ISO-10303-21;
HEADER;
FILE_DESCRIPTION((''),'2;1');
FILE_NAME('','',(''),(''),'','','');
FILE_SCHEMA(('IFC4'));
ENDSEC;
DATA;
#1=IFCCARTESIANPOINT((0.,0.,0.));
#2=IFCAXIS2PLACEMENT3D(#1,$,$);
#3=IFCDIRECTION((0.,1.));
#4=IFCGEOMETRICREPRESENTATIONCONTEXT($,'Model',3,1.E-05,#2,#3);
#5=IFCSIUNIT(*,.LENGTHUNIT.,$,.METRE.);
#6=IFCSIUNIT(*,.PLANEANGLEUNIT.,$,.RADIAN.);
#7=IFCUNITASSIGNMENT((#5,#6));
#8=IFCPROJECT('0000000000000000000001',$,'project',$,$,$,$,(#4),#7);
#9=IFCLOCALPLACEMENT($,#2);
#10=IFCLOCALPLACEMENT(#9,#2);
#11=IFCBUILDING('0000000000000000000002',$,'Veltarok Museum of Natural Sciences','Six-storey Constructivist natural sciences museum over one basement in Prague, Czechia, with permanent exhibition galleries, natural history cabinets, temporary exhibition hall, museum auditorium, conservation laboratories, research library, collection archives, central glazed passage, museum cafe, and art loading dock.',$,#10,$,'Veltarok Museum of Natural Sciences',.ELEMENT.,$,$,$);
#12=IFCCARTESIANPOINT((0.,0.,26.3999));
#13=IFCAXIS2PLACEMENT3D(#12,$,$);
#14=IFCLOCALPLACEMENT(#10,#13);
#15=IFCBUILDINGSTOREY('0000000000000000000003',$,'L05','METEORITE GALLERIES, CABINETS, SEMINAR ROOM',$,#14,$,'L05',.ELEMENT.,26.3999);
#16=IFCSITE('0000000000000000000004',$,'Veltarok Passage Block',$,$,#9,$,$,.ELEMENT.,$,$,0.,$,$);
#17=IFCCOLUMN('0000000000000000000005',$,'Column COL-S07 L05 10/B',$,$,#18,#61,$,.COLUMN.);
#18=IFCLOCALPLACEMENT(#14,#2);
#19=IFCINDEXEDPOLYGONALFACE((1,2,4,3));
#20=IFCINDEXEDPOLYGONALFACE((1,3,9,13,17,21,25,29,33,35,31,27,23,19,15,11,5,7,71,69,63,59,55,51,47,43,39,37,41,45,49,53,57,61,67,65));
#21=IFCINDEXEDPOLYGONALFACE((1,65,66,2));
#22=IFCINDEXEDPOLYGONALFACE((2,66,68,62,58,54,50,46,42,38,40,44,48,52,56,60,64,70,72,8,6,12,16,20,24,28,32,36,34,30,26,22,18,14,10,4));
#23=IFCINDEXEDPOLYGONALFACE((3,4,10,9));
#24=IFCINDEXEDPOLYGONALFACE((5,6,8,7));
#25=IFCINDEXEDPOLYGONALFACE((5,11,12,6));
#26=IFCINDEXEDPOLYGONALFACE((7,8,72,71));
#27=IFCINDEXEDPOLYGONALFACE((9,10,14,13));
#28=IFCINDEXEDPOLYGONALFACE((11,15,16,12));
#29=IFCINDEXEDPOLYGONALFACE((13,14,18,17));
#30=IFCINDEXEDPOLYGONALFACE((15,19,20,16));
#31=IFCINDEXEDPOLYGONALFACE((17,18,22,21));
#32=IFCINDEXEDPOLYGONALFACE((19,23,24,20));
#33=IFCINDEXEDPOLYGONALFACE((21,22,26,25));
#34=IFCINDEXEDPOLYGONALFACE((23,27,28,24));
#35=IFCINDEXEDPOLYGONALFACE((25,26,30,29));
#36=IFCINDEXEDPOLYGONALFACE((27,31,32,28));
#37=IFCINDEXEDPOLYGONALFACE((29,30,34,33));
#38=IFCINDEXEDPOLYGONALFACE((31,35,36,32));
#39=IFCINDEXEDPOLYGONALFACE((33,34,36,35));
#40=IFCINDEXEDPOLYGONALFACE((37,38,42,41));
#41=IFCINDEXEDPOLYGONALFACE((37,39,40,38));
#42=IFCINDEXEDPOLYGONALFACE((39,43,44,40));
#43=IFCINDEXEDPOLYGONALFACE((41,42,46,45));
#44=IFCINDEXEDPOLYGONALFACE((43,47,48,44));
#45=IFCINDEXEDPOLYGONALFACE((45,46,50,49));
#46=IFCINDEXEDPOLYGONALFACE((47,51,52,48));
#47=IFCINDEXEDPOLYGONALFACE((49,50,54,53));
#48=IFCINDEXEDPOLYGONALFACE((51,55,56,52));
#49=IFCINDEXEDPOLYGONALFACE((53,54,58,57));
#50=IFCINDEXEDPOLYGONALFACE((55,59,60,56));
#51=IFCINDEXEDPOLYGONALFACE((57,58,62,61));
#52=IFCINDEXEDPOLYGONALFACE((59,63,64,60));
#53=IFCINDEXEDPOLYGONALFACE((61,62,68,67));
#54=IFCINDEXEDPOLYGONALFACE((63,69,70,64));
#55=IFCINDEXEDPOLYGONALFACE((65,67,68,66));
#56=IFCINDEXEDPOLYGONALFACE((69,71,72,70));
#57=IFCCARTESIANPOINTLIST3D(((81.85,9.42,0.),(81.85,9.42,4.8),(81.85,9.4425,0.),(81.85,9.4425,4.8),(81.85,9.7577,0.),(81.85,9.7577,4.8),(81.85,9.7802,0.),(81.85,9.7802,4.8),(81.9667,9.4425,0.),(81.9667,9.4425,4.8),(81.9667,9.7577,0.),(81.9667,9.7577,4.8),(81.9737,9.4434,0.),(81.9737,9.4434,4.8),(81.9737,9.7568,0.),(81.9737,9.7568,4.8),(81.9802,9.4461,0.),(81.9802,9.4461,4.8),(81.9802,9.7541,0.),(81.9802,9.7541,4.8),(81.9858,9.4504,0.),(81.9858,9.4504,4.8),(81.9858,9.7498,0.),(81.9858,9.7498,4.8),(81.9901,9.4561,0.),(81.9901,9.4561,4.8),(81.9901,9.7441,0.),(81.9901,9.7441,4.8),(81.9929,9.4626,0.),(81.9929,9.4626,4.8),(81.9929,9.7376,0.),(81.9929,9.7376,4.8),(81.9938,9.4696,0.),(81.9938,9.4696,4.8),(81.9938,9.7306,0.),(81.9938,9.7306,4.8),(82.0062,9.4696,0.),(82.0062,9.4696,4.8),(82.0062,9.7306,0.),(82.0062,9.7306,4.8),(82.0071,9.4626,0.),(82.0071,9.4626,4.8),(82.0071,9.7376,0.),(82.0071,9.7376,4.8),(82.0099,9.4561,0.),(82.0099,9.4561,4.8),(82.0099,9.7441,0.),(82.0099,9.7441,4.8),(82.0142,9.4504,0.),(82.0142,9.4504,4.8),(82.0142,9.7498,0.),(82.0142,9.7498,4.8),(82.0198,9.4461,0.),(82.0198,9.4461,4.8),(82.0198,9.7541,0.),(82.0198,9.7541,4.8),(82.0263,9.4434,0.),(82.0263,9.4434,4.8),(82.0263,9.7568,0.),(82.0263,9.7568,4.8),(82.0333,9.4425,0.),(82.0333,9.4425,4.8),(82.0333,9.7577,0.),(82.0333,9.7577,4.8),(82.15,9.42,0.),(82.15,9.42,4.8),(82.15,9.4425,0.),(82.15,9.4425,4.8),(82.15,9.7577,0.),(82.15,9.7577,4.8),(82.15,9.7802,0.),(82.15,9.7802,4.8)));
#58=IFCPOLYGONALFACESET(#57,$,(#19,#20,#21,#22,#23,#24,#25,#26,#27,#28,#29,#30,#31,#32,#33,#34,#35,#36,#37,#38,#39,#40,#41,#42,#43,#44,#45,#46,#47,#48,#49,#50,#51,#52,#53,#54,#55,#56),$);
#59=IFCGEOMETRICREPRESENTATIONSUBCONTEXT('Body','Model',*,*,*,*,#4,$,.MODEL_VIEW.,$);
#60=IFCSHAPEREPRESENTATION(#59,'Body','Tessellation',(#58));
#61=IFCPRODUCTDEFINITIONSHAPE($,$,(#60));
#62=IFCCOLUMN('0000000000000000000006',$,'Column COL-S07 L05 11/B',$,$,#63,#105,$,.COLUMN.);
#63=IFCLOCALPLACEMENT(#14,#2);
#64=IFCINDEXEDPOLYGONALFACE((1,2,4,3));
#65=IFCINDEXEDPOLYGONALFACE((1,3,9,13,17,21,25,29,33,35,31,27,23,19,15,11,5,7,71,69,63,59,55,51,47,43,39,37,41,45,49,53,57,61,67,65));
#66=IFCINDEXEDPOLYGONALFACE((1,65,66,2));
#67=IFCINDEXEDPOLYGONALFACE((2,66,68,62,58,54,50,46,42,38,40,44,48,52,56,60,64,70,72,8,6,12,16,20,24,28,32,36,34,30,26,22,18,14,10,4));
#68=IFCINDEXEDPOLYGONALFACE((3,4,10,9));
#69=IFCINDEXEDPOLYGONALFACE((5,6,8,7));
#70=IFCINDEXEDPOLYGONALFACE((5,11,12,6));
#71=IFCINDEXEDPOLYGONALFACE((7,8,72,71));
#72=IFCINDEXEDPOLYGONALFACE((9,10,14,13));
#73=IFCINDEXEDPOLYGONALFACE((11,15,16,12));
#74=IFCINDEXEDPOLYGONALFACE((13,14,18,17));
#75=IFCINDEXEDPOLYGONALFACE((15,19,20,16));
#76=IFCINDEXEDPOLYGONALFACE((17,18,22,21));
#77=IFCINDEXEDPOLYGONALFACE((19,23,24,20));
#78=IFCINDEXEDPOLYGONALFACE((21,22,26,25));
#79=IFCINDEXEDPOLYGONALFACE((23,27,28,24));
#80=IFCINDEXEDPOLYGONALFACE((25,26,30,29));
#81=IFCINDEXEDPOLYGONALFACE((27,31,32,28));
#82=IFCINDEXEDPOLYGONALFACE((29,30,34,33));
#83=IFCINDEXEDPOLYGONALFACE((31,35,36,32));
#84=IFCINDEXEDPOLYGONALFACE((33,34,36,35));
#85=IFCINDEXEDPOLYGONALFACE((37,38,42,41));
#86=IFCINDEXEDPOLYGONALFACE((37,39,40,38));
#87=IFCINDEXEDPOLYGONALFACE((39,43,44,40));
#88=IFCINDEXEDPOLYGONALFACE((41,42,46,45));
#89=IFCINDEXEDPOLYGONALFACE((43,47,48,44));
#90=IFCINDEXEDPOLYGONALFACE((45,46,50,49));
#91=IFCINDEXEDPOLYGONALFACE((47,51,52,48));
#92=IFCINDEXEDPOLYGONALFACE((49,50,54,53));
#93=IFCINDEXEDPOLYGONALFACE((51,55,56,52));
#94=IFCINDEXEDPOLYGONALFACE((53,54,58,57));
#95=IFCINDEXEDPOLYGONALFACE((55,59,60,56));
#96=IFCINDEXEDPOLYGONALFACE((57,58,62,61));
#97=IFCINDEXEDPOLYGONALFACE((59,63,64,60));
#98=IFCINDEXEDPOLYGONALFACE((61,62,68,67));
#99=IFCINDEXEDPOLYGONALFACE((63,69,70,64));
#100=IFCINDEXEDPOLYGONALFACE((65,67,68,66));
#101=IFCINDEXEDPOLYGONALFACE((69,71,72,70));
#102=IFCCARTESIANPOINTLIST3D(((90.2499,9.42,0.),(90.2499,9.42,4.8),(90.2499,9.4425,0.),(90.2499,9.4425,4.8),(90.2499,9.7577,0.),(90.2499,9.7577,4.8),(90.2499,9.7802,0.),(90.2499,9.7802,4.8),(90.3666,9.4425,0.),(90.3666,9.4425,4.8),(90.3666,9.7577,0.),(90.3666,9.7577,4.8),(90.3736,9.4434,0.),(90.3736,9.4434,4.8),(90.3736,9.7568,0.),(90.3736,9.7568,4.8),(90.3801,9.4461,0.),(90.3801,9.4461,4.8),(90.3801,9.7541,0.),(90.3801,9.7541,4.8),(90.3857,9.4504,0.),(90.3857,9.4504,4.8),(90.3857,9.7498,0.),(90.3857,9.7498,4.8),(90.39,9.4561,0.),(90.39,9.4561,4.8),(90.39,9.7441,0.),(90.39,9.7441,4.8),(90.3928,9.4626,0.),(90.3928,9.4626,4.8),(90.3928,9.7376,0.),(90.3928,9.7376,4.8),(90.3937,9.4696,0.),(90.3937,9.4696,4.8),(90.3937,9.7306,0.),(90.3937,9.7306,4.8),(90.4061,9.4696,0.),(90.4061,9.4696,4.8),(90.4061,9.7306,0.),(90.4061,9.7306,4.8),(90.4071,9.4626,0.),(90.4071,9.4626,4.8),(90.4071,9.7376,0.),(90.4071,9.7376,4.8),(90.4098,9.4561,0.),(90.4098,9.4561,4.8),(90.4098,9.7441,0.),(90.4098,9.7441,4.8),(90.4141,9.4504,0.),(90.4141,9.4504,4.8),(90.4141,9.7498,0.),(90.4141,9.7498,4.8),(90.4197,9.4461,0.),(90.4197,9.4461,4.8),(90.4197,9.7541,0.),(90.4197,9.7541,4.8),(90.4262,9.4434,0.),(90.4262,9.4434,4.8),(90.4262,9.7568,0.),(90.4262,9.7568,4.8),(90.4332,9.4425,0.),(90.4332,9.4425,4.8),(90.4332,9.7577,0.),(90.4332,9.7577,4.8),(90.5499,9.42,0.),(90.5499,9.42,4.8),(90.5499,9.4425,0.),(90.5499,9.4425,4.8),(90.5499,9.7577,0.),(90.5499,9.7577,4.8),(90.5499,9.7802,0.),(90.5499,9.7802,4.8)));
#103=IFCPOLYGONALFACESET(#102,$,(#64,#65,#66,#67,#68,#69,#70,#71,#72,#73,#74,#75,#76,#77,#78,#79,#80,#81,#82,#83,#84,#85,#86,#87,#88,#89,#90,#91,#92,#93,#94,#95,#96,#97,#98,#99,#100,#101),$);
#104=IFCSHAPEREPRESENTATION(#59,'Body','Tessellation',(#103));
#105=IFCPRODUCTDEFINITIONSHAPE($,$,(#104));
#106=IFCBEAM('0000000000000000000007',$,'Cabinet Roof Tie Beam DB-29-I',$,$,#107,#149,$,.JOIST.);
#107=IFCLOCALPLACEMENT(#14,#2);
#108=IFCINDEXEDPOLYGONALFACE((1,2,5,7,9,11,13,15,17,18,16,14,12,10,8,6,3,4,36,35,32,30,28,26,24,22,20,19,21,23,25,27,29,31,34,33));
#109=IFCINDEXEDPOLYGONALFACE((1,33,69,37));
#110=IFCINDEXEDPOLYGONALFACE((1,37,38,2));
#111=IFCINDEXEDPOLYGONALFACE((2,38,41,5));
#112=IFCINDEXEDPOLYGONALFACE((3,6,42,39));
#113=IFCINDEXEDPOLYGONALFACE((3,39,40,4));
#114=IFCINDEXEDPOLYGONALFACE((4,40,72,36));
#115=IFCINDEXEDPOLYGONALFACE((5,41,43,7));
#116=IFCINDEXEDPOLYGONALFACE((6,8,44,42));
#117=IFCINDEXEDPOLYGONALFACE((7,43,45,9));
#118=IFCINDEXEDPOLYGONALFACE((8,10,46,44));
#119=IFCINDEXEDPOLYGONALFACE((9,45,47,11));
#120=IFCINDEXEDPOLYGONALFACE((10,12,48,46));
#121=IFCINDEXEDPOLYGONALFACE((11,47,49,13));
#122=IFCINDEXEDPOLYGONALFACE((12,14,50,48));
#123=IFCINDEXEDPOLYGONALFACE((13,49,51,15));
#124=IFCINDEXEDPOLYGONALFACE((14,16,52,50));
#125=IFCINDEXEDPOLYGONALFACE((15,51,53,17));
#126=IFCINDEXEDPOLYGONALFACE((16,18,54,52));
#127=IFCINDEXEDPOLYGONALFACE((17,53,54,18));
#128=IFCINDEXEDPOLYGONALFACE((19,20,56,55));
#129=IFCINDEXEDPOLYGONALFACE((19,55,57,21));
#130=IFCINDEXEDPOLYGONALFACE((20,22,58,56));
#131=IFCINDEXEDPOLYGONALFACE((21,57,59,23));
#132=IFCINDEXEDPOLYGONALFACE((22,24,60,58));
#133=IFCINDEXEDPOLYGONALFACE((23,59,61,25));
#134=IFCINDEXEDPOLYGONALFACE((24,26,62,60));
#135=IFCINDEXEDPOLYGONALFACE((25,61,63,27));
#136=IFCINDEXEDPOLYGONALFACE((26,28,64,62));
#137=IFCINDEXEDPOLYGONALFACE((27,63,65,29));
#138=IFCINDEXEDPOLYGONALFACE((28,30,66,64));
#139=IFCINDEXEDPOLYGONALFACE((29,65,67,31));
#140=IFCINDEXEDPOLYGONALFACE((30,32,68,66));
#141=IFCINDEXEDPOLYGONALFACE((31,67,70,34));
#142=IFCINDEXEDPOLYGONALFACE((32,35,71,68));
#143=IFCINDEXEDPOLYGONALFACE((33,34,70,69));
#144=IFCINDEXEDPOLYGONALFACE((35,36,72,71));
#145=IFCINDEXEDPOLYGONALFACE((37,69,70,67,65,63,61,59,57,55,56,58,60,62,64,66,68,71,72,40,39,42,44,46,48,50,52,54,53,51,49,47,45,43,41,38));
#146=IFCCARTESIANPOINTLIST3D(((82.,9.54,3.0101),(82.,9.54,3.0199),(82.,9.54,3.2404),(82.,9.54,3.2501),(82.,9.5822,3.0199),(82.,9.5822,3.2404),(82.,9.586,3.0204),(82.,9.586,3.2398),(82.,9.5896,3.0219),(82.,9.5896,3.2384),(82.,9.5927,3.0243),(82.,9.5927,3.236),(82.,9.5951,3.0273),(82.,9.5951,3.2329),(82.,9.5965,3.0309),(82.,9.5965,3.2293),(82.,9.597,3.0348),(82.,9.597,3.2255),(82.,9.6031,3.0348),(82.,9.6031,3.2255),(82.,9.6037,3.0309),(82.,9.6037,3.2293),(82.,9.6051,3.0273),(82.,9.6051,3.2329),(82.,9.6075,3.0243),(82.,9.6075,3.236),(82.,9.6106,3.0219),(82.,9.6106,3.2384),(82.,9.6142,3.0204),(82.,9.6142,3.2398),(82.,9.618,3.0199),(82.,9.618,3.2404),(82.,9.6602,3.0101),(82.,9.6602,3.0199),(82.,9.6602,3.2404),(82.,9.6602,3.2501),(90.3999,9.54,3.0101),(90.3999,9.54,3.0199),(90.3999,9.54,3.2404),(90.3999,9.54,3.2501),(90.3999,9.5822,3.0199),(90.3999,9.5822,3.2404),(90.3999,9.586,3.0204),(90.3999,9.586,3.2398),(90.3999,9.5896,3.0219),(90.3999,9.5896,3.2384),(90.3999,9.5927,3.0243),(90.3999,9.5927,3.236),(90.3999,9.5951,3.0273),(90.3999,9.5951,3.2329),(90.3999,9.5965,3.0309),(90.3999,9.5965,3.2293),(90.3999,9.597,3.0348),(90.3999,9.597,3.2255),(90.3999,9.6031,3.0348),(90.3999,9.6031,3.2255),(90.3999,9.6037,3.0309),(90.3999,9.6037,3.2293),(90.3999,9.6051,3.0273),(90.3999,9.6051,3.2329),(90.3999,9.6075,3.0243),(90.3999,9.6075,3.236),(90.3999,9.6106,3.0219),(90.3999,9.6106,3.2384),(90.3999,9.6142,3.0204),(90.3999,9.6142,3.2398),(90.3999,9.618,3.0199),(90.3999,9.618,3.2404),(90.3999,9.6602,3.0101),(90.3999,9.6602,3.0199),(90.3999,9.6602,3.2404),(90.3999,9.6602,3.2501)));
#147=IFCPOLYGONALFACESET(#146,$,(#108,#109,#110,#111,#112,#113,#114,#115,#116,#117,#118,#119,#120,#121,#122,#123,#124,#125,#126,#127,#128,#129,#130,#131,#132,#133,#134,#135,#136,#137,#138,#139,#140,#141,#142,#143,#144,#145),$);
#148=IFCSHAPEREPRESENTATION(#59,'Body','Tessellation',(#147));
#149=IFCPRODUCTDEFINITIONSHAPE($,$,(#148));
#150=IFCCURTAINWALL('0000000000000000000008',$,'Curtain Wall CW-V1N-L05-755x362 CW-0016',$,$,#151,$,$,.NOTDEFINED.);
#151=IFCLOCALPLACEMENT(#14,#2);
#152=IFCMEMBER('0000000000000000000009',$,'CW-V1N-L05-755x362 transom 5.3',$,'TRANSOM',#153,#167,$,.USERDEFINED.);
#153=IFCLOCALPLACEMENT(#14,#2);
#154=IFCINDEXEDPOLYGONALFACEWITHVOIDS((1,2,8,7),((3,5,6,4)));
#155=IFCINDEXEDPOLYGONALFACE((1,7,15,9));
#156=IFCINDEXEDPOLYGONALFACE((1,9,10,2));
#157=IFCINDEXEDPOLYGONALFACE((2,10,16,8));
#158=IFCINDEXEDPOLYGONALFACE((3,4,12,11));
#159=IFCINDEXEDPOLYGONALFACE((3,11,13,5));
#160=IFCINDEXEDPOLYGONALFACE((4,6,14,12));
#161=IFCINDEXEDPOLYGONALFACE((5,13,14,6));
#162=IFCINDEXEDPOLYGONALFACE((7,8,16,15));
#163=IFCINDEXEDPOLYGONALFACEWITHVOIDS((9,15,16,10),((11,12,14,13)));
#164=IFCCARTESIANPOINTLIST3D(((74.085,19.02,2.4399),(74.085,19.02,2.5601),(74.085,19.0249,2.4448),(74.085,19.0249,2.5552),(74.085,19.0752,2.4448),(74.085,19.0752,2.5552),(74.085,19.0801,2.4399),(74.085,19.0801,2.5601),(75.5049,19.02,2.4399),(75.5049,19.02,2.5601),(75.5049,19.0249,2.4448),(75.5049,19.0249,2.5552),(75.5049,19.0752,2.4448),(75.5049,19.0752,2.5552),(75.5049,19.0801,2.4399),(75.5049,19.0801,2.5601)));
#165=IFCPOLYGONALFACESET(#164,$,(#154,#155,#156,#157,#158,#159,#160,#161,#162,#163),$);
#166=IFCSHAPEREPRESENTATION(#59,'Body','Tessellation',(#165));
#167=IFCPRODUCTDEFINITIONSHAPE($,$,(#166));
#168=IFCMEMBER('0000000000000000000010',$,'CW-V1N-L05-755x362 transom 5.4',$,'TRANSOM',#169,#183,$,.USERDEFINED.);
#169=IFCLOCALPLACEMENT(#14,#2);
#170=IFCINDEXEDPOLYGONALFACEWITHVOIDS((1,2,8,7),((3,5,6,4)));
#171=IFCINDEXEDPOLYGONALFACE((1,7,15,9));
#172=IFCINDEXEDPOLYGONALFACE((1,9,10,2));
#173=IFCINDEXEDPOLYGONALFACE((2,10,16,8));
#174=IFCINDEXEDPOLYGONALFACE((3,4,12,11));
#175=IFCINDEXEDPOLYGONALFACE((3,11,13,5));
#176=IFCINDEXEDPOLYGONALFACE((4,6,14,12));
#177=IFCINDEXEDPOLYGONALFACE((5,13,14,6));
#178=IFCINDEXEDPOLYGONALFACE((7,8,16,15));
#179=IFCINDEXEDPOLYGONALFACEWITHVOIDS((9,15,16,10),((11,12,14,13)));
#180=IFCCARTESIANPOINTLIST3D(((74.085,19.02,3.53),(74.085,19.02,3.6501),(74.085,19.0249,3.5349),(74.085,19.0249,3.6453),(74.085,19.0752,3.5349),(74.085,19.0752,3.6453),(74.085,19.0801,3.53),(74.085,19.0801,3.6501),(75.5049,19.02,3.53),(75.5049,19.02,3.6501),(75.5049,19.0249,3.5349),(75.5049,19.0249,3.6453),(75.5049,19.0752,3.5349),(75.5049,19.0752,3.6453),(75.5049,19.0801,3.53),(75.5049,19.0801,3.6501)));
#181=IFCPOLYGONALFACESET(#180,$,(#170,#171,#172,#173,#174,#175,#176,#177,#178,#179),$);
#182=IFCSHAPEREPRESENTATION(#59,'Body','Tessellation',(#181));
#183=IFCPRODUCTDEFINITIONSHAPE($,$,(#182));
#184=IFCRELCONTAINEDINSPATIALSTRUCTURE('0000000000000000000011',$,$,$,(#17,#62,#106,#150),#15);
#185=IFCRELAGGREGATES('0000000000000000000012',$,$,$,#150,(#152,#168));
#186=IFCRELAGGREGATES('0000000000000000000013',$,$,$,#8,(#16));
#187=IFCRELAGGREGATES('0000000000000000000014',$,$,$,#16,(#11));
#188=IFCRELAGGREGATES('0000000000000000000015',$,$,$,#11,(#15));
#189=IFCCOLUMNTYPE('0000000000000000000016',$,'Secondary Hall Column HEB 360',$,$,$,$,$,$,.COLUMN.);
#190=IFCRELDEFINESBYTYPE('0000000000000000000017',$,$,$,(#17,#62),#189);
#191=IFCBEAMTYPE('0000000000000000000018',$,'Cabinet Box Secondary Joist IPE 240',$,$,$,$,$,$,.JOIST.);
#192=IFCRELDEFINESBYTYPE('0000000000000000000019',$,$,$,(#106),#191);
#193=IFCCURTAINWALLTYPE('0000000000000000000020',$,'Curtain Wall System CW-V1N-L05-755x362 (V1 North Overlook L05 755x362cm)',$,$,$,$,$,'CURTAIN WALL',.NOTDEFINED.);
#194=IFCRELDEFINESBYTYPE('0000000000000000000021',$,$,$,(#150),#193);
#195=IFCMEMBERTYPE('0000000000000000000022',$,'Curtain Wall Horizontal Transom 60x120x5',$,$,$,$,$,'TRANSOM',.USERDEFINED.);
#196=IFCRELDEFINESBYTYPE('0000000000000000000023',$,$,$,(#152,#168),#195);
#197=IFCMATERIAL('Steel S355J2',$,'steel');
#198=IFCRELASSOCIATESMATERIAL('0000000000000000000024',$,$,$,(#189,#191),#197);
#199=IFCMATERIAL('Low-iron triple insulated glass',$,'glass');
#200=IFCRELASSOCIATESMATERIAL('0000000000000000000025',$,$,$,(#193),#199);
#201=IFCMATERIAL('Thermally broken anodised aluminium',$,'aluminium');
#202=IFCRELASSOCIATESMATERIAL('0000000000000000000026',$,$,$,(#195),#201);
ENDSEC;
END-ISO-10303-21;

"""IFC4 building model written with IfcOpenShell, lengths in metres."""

from ifc_helpers import new_model, si_unit, direction, frame, origin, origin_2d, place, context, subcontext, project, spatial, hollow_rectangle, i_section, extrude, material, material_profile, profile_set, type_object, element, aggregate, save


model = new_model("IFC4")

# Units and contexts
model_context = context("Model", 3, precision=1e-05, world=origin(), true_north=direction((0.0, 1.0)))
body_context = subcontext(model_context, "Body", "Model", "MODEL_VIEW")
ifc_project = project(units=[si_unit("LENGTHUNIT", "METRE"), si_unit("PLANEANGLEUNIT", "RADIAN")], contexts=[model_context])

# Site, building, storey
site_placement = place(None, origin())
site = spatial("IfcSite", under=ifc_project, at=site_placement, Name="Veltarok Passage Block", CompositionType="ELEMENT", RefElevation=0.0)
building_placement = place(site_placement, origin())
building = spatial("IfcBuilding", under=site, at=building_placement, Name="Veltarok Museum of Natural Sciences", Description="Six-storey Constructivist natural sciences museum over one basement in Prague, Czechia, with permanent exhibition galleries, natural history cabinets, temporary exhibition hall, museum auditorium, conservation laboratories, research library, collection archives, central glazed passage, museum cafe, and art loading dock.", LongName="Veltarok Museum of Natural Sciences", CompositionType="ELEMENT")
storey_placement = place(building_placement, frame((0.0, 0.0, 26.3999)))
storey = spatial("IfcBuildingStorey", under=building, at=storey_placement, Name="L05", Description="METEORITE GALLERIES, CABINETS, SEMINAR ROOM", LongName="L05", CompositionType="ELEMENT", Elevation=26.3999)

# Columns
ifc_material_1 = material(Name="Steel S355J2", Category="steel")
ifc_material_profile_1 = material_profile(ifc_material_1, i_section(OverallWidth=0.3, OverallDepth=0.3601, WebThickness=0.0125, FlangeThickness=0.0225, FilletRadius=0.0271, at=origin_2d()), Name="HEB 360")
ifc_profile_set_1 = profile_set([ifc_material_profile_1], Name="Steel S355J2")
column_type = type_object("IfcColumnType", Name="Secondary Hall Column HEB 360", PredefinedType="COLUMN", material=ifc_profile_set_1)
for number, where, z_axis, x_axis, name in (
    (1, (82.0, 9.6001, 0.0), (0.0, 0.0, 1.0), (1.0, 0.0, 0.0), "Column COL-S07 L05 10/B"),
    (2, (90.3999, 9.6001, 0.0), (0.0, 0.0, 1.0), (1.0, 0.0, 0.0), "Column COL-S07 L05 11/B"),
):
    element("IfcColumn", number, at=place(storey_placement, frame(where, z_axis=z_axis, x_axis=x_axis)), inside=storey, type_object=column_type, Name=name, PredefinedType="COLUMN", context=body_context, shape_type="SweptSolid", body=[
        extrude(i_section(OverallWidth=0.3, OverallDepth=0.3601, WebThickness=0.0125, FlangeThickness=0.0225, FilletRadius=0.0271, at=origin_2d()), origin(), (0.0, 0.0, 1.0), 4.8),
    ])

# Beam
ifc_material_profile_2 = material_profile(ifc_material_1, i_section(OverallWidth=0.1201, OverallDepth=0.24, WebThickness=0.0061, FlangeThickness=0.0098, FilletRadius=0.0149, at=origin_2d()), Name="IPE 240")
ifc_profile_set_2 = profile_set([ifc_material_profile_2], Name="Steel S355J2")
beam_type_1 = type_object("IfcBeamType", Name="Cabinet Box Secondary Joist IPE 240", PredefinedType="JOIST", material=ifc_profile_set_2)
beam_1_placement = place(storey_placement, frame((82.0, 9.6001, 3.1301), z_axis=(1.0, 0.0, 0.0), x_axis=(0.0, 1.0, 0.0)))
element("IfcBeam", 3, at=beam_1_placement, inside=storey, type_object=beam_type_1, Name="Cabinet Roof Tie Beam DB-29-I", PredefinedType="JOIST", context=body_context, shape_type="SweptSolid", body=[
    extrude(i_section(OverallWidth=0.1201, OverallDepth=0.24, WebThickness=0.0061, FlangeThickness=0.0098, FilletRadius=0.0149, at=origin_2d()), origin(), (0.0, 0.0, 1.0), 8.3999),
])

# Curtain wall, members
ifc_material_2 = material(Name="Low-iron triple insulated glass", Category="glass")
curtain_wall_type = type_object("IfcCurtainWallType", Name="Curtain Wall System CW-V1N-L05-755x362 (V1 North Overlook L05 755x362cm)", ElementType="CURTAIN WALL", PredefinedType="NOTDEFINED", material=ifc_material_2)
curtain_wall_placement = place(storey_placement, origin())
curtain_wall = element("IfcCurtainWall", 4, at=curtain_wall_placement, inside=storey, type_object=curtain_wall_type, Name="Curtain Wall CW-V1N-L05-755x362 CW-0016", PredefinedType="NOTDEFINED")
ifc_material_3 = material(Name="Thermally broken anodised aluminium", Category="aluminium")
ifc_material_profile_3 = material_profile(ifc_material_3, hollow_rectangle(XDim=0.0601, YDim=0.1201, WallThickness=0.0049, at=origin_2d()), Name="CW TRANSOM 60x120x5")
ifc_profile_set_3 = profile_set([ifc_material_profile_3], Name="Thermally broken anodised aluminium")
member_type_1 = type_object("IfcMemberType", Name="Curtain Wall Horizontal Transom 60x120x5", ElementType="TRANSOM", PredefinedType="USERDEFINED", material=ifc_profile_set_3)
member_1_placement = place(storey_placement, frame((75.5049, 19.05, 2.5), z_axis=(-1.0, 0.0, 0.0), x_axis=(0.0, -1.0, 0.0)))
member_1 = element("IfcMember", 5, at=member_1_placement, type_object=member_type_1, Name="CW-V1N-L05-755x362 transom 5.3", ObjectType="TRANSOM", PredefinedType="USERDEFINED", context=body_context, shape_type="SweptSolid", body=[
    extrude(hollow_rectangle(XDim=0.0601, YDim=0.1201, WallThickness=0.0049, at=origin_2d()), origin(), (0.0, 0.0, 1.0), 1.4199),
])
member_2_placement = place(storey_placement, frame((75.5049, 19.05, 3.5901), z_axis=(-1.0, 0.0, 0.0), x_axis=(0.0, -1.0, 0.0)))
member_2 = element("IfcMember", 6, at=member_2_placement, type_object=member_type_1, Name="CW-V1N-L05-755x362 transom 5.4", ObjectType="TRANSOM", PredefinedType="USERDEFINED", context=body_context, shape_type="SweptSolid", body=[
    extrude(hollow_rectangle(XDim=0.0601, YDim=0.1201, WallThickness=0.0049, at=origin_2d()), origin(), (0.0, 0.0, 1.0), 1.4199),
])

aggregate(curtain_wall, [member_1, member_2])

save(model, "model.ifc")
